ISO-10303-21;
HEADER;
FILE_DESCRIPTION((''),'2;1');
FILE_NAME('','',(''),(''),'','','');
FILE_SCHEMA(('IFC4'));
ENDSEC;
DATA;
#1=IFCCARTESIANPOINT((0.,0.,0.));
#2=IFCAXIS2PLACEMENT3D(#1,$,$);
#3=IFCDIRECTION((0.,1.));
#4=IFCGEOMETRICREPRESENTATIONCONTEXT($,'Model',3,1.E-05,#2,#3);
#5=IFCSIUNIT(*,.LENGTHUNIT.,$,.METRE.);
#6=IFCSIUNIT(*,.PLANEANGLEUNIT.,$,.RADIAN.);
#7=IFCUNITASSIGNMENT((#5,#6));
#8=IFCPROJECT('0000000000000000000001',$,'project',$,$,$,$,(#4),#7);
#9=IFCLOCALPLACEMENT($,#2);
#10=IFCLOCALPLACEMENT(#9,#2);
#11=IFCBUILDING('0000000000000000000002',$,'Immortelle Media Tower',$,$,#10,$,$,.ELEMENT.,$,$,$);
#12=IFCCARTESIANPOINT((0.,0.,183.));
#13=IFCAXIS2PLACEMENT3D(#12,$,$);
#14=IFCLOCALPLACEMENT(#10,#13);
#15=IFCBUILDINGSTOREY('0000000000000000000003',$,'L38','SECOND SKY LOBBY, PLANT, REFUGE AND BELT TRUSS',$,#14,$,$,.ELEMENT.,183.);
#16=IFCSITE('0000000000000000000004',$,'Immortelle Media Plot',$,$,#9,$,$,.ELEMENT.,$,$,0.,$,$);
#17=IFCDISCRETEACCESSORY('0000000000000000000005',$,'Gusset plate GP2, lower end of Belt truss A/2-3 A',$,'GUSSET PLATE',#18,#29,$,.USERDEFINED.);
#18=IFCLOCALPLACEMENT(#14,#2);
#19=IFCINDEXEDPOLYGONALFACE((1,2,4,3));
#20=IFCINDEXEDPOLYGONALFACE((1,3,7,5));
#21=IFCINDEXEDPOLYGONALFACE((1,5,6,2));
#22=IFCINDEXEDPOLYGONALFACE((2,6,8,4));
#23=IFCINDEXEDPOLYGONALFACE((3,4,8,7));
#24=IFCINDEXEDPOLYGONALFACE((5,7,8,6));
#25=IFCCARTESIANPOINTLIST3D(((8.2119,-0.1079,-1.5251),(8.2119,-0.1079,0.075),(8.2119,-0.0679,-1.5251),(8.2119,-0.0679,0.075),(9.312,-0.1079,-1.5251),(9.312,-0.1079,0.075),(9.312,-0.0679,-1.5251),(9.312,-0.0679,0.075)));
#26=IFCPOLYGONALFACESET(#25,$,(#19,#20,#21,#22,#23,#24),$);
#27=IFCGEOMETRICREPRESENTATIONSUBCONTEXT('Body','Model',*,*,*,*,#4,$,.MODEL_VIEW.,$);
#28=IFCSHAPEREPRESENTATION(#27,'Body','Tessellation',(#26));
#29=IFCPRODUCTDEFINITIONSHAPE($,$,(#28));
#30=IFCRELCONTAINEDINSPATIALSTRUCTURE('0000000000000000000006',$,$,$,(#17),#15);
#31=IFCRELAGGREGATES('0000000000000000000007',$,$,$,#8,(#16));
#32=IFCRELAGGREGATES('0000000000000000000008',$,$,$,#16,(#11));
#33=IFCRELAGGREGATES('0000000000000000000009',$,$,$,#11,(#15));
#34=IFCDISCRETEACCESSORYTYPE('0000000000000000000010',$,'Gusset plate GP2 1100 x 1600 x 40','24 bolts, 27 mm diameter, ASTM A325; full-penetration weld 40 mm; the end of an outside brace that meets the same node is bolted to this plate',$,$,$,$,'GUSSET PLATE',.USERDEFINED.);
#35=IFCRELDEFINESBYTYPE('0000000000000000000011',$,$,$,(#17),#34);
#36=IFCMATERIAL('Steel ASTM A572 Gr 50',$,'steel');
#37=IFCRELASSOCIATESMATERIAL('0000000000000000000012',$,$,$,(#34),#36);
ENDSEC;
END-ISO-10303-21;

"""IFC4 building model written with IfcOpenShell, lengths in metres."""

from ifc_helpers import new_model, si_unit, direction, frame, origin, origin_2d, place, context, subcontext, project, spatial, rectangle, extrude, material, material_profile, profile_set, type_object, element, save


model = new_model("IFC4")

# Units and contexts
model_context = context("Model", 3, precision=1e-05, world=origin(), true_north=direction((0.0, 1.0)))
body_context = subcontext(model_context, "Body", "Model", "MODEL_VIEW")
ifc_project = project(units=[si_unit("LENGTHUNIT", "METRE"), si_unit("PLANEANGLEUNIT", "RADIAN")], contexts=[model_context])

# Site, building, storey
site_placement = place(None, origin())
site = spatial("IfcSite", under=ifc_project, at=site_placement, Name="Immortelle Media Plot", CompositionType="ELEMENT", RefElevation=0.0)
building_placement = place(site_placement, origin())
building = spatial("IfcBuilding", under=site, at=building_placement, Name="Immortelle Media Tower", CompositionType="ELEMENT")
storey_placement = place(building_placement, frame((0.0, 0.0, 183.0)))
storey = spatial("IfcBuildingStorey", under=building, at=storey_placement, Name="L38", Description="SECOND SKY LOBBY, PLANT, REFUGE AND BELT TRUSS", CompositionType="ELEMENT", Elevation=183.0)

# Discrete accessory
ifc_material_1 = material(Name="Steel ASTM A572 Gr 50", Category="steel")
ifc_material_profile_1 = material_profile(ifc_material_1, rectangle(XDim=0.04, YDim=1.6001, at=origin_2d()), Name="PL 40 x 1600")
ifc_profile_set_1 = profile_set([ifc_material_profile_1], Name="Steel ASTM A572 Gr 50")
discrete_accessory_type = type_object("IfcDiscreteAccessoryType", Name="Gusset plate GP2 1100 x 1600 x 40", Description="24 bolts, 27 mm diameter, ASTM A325; full-penetration weld 40 mm; the end of an outside brace that meets the same node is bolted to this plate", ElementType="GUSSET PLATE", PredefinedType="USERDEFINED", material=ifc_profile_set_1)
discrete_accessory_placement = place(storey_placement, frame((8.2119, -0.0879, -0.7251), z_axis=(1.0, 0.0, 0.0), x_axis=(0.0, 1.0, 0.0)))
element("IfcDiscreteAccessory", 1, at=discrete_accessory_placement, inside=storey, type_object=discrete_accessory_type, Name="Gusset plate GP2, lower end of Belt truss A/2-3 A", ObjectType="GUSSET PLATE", PredefinedType="USERDEFINED", context=body_context, shape_type="SweptSolid", body=[
    extrude(rectangle(XDim=0.04, YDim=1.6001, at=origin_2d()), origin(), (0.0, 0.0, 1.0), 1.1001),
])

save(model, "model.ifc")
